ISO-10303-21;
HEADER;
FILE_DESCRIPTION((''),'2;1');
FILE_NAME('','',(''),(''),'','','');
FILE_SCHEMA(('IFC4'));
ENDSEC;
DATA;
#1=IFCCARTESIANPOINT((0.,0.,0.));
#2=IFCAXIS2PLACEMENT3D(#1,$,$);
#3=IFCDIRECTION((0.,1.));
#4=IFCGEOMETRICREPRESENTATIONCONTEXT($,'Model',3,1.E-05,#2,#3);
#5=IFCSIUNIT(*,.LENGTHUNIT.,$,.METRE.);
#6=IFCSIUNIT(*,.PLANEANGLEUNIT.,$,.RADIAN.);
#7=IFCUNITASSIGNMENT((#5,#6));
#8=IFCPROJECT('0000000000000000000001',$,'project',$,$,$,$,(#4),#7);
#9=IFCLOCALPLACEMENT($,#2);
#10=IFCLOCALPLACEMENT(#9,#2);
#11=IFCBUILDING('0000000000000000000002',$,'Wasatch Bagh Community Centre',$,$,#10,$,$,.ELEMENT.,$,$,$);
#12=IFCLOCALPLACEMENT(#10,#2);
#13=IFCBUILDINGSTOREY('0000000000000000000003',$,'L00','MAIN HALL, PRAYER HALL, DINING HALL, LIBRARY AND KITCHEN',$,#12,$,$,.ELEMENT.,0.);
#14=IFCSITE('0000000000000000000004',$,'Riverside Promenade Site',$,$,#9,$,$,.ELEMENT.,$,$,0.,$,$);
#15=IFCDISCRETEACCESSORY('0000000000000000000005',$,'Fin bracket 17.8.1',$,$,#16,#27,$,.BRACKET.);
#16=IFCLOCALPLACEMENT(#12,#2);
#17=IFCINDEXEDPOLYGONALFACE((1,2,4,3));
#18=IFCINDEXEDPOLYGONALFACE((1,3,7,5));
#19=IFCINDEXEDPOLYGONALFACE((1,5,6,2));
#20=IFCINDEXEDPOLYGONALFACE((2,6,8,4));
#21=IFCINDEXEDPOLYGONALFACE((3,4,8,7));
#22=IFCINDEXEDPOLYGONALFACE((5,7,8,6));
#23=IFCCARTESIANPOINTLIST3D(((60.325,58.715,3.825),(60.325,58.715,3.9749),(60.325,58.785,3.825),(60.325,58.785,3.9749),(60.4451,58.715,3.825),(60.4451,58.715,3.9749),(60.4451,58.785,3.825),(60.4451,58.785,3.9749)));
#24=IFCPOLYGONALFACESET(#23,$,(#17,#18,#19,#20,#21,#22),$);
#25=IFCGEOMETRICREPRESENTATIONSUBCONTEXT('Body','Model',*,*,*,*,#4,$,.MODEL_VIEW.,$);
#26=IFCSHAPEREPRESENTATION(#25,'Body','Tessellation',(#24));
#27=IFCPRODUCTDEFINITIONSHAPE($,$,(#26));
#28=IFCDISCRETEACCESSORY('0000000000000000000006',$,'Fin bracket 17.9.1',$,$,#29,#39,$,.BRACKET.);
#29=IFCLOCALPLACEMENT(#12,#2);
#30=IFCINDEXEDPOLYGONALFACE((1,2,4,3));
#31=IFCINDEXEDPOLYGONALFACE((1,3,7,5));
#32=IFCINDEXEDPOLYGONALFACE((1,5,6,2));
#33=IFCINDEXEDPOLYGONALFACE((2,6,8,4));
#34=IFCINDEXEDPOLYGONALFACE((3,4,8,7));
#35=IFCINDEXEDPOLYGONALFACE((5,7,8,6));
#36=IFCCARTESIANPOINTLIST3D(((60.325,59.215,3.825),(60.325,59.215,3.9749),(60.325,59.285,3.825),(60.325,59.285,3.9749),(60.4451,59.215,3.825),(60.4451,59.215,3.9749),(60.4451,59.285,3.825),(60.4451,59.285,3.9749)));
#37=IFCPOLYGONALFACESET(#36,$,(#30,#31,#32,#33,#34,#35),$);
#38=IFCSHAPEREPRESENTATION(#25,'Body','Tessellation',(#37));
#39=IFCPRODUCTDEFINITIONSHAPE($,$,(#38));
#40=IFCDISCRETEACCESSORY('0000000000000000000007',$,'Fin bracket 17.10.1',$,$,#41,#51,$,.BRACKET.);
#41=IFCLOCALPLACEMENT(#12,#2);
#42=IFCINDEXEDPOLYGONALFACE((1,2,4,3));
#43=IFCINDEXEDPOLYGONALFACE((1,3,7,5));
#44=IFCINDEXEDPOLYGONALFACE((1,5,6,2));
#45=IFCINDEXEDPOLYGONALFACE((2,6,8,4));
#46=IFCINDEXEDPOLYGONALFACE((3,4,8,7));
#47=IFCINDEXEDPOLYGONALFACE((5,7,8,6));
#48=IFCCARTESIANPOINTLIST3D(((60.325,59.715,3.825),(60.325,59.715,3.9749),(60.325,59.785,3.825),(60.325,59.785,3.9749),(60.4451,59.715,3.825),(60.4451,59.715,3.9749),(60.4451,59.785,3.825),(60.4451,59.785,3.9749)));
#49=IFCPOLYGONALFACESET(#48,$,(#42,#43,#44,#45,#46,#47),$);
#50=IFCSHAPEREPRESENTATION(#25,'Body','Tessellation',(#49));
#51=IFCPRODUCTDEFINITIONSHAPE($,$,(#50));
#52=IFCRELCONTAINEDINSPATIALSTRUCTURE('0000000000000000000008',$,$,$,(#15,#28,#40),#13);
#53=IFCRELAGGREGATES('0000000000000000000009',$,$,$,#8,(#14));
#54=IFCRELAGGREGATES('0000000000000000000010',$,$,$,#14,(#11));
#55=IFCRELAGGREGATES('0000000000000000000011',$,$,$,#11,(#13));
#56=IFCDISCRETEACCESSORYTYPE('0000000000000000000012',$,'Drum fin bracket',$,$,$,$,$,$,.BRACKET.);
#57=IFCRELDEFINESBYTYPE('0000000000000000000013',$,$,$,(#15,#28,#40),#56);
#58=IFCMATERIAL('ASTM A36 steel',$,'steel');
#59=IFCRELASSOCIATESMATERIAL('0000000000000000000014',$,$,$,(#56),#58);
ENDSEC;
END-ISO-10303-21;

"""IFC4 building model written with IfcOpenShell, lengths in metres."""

from ifc_helpers import new_model, si_unit, direction, frame, origin, origin_2d, place, context, subcontext, project, spatial, rectangle, extrude, material, type_object, element, save


model = new_model("IFC4")

# Units and contexts
model_context = context("Model", 3, precision=1e-05, world=origin(), true_north=direction((0.0, 1.0)))
body_context = subcontext(model_context, "Body", "Model", "MODEL_VIEW")
ifc_project = project(units=[si_unit("LENGTHUNIT", "METRE"), si_unit("PLANEANGLEUNIT", "RADIAN")], contexts=[model_context])

# Site, building, storey
site_placement = place(None, origin())
site = spatial("IfcSite", under=ifc_project, at=site_placement, Name="Riverside Promenade Site", CompositionType="ELEMENT", RefElevation=0.0)
building_placement = place(site_placement, origin())
building = spatial("IfcBuilding", under=site, at=building_placement, Name="Wasatch Bagh Community Centre", CompositionType="ELEMENT")
storey_placement = place(building_placement, origin())
storey = spatial("IfcBuildingStorey", under=building, at=storey_placement, Name="L00", Description="MAIN HALL, PRAYER HALL, DINING HALL, LIBRARY AND KITCHEN", CompositionType="ELEMENT", Elevation=0.0)

# Discrete accessories
ifc_material_1 = material(Name="ASTM A36 steel", Category="steel")
discrete_accessory_type = type_object("IfcDiscreteAccessoryType", Name="Drum fin bracket", PredefinedType="BRACKET", material=ifc_material_1)
for number, where, z_axis, x_axis, name in (
    (1, (60.385, 58.75, 3.825), (0.0, 0.0, 1.0), (0.0, 1.0, 0.0), "Fin bracket 17.8.1"),
    (2, (60.385, 59.25, 3.825), (0.0, 0.0, 1.0), (0.0, 1.0, 0.0), "Fin bracket 17.9.1"),
    (3, (60.385, 59.75, 3.825), (0.0, 0.0, 1.0), (0.0, 1.0, 0.0), "Fin bracket 17.10.1"),
):
    element("IfcDiscreteAccessory", number, at=place(storey_placement, frame(where, z_axis=z_axis, x_axis=x_axis)), inside=storey, type_object=discrete_accessory_type, Name=name, PredefinedType="BRACKET", context=body_context, shape_type="SweptSolid", body=[
        extrude(rectangle(XDim=0.0701, YDim=0.1201, at=origin_2d()), origin(), (0.0, 0.0, 1.0), 0.1499),
    ])

save(model, "model.ifc")
